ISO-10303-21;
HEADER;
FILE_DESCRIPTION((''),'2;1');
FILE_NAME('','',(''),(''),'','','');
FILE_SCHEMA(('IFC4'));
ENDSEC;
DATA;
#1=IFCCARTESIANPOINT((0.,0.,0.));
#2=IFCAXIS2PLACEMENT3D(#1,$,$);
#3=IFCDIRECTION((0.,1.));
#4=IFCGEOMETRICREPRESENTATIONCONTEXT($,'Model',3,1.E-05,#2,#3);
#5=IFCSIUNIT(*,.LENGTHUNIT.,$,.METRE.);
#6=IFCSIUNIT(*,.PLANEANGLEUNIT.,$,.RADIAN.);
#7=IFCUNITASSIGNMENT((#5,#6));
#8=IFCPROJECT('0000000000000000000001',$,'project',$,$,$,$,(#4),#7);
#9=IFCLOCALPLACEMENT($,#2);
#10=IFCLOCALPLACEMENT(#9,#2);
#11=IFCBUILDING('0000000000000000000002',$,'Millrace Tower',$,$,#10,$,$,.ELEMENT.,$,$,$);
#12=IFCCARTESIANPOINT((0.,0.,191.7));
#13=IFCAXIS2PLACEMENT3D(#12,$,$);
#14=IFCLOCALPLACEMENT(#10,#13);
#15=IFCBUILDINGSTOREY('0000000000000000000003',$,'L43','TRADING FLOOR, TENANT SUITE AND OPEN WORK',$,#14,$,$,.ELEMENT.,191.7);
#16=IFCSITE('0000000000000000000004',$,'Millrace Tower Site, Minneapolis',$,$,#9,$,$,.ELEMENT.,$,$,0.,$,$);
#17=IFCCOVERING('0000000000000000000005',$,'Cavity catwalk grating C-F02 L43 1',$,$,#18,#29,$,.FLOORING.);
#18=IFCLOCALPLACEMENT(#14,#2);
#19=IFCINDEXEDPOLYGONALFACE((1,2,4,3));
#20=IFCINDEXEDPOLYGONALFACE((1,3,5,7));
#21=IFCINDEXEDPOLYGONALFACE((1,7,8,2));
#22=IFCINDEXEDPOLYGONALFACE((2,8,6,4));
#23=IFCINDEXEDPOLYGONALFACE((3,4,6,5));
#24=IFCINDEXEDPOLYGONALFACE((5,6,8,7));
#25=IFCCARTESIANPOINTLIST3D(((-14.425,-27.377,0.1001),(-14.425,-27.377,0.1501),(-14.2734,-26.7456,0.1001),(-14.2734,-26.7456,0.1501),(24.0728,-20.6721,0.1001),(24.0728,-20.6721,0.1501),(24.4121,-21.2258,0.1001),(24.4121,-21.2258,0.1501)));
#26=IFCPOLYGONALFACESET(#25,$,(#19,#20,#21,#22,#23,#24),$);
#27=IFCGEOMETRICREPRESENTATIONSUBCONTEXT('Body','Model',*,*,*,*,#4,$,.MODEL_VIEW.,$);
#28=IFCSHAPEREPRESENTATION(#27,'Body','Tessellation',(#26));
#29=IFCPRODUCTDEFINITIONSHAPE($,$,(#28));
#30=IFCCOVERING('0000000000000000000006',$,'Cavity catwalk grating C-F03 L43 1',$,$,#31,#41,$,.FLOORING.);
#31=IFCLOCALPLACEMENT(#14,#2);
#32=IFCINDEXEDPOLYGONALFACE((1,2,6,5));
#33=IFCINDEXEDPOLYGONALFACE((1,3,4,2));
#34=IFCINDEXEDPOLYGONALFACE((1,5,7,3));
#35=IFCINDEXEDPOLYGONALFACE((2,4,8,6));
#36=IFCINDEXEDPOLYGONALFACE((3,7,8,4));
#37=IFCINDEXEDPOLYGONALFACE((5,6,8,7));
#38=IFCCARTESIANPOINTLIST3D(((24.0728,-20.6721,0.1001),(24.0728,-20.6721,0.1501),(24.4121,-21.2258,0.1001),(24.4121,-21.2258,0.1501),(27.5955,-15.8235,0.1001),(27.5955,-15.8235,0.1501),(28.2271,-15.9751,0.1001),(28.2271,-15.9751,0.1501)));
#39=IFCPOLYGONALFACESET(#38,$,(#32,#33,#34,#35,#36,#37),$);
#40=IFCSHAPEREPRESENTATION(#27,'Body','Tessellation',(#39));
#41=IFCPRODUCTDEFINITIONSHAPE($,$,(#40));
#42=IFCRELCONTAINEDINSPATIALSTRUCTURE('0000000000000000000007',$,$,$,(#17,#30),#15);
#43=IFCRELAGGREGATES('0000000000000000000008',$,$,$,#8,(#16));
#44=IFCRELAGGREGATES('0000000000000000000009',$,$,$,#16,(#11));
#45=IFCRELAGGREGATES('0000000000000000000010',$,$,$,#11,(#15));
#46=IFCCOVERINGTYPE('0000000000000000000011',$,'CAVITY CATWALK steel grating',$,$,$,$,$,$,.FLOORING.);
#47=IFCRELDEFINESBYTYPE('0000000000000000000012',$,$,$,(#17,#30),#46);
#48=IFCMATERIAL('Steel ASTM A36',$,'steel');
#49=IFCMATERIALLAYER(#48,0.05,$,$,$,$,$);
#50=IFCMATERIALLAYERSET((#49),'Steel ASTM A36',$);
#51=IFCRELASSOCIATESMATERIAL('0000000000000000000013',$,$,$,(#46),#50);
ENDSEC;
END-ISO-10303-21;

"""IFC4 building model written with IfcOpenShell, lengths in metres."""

from ifc_helpers import new_model, si_unit, direction, frame, origin, place, context, subcontext, project, spatial, polyline, outline, extrude, material, layer, layer_set, type_object, element, save


model = new_model("IFC4")

# Units and contexts
model_context = context("Model", 3, precision=1e-05, world=origin(), true_north=direction((0.0, 1.0)))
body_context = subcontext(model_context, "Body", "Model", "MODEL_VIEW")
ifc_project = project(units=[si_unit("LENGTHUNIT", "METRE"), si_unit("PLANEANGLEUNIT", "RADIAN")], contexts=[model_context])

# Site, building, storey
site_placement = place(None, origin())
site = spatial("IfcSite", under=ifc_project, at=site_placement, Name="Millrace Tower Site, Minneapolis", CompositionType="ELEMENT", RefElevation=0.0)
building_placement = place(site_placement, origin())
building = spatial("IfcBuilding", under=site, at=building_placement, Name="Millrace Tower", CompositionType="ELEMENT")
storey_placement = place(building_placement, frame((0.0, 0.0, 191.7)))
storey = spatial("IfcBuildingStorey", under=building, at=storey_placement, Name="L43", Description="TRADING FLOOR, TENANT SUITE AND OPEN WORK", CompositionType="ELEMENT", Elevation=191.7)

# Coverings
ifc_material_1 = material(Name="Steel ASTM A36", Category="steel")
ifc_layer_1 = layer(ifc_material_1, 0.05)
ifc_layer_set_1 = layer_set([ifc_layer_1], Name="Steel ASTM A36")
covering_type = type_object("IfcCoveringType", Name="CAVITY CATWALK steel grating", PredefinedType="FLOORING", material=ifc_layer_set_1)
placement_1 = place(storey_placement, frame((0.0, 0.0, 0.1001)))
element("IfcCovering", 1, at=placement_1, inside=storey, type_object=covering_type, Name="Cavity catwalk grating C-F02 L43 1", PredefinedType="FLOORING", context=body_context, shape_type="SweptSolid", body=[
    extrude(outline(polyline([(-14.425, -27.377), (24.4121, -21.2258), (24.0728, -20.6721), (-14.2734, -26.7456), (-14.425, -27.377)])), origin(), (0.0, 0.0, 1.0), 0.05),
])
element("IfcCovering", 2, at=placement_1, inside=storey, type_object=covering_type, Name="Cavity catwalk grating C-F03 L43 1", PredefinedType="FLOORING", context=body_context, shape_type="SweptSolid", body=[
    extrude(outline(polyline([(24.4121, -21.2258), (28.2271, -15.9751), (27.5955, -15.8235), (24.0728, -20.6721), (24.4121, -21.2258)])), origin(), (0.0, 0.0, 1.0), 0.05),
])

save(model, "model.ifc")
